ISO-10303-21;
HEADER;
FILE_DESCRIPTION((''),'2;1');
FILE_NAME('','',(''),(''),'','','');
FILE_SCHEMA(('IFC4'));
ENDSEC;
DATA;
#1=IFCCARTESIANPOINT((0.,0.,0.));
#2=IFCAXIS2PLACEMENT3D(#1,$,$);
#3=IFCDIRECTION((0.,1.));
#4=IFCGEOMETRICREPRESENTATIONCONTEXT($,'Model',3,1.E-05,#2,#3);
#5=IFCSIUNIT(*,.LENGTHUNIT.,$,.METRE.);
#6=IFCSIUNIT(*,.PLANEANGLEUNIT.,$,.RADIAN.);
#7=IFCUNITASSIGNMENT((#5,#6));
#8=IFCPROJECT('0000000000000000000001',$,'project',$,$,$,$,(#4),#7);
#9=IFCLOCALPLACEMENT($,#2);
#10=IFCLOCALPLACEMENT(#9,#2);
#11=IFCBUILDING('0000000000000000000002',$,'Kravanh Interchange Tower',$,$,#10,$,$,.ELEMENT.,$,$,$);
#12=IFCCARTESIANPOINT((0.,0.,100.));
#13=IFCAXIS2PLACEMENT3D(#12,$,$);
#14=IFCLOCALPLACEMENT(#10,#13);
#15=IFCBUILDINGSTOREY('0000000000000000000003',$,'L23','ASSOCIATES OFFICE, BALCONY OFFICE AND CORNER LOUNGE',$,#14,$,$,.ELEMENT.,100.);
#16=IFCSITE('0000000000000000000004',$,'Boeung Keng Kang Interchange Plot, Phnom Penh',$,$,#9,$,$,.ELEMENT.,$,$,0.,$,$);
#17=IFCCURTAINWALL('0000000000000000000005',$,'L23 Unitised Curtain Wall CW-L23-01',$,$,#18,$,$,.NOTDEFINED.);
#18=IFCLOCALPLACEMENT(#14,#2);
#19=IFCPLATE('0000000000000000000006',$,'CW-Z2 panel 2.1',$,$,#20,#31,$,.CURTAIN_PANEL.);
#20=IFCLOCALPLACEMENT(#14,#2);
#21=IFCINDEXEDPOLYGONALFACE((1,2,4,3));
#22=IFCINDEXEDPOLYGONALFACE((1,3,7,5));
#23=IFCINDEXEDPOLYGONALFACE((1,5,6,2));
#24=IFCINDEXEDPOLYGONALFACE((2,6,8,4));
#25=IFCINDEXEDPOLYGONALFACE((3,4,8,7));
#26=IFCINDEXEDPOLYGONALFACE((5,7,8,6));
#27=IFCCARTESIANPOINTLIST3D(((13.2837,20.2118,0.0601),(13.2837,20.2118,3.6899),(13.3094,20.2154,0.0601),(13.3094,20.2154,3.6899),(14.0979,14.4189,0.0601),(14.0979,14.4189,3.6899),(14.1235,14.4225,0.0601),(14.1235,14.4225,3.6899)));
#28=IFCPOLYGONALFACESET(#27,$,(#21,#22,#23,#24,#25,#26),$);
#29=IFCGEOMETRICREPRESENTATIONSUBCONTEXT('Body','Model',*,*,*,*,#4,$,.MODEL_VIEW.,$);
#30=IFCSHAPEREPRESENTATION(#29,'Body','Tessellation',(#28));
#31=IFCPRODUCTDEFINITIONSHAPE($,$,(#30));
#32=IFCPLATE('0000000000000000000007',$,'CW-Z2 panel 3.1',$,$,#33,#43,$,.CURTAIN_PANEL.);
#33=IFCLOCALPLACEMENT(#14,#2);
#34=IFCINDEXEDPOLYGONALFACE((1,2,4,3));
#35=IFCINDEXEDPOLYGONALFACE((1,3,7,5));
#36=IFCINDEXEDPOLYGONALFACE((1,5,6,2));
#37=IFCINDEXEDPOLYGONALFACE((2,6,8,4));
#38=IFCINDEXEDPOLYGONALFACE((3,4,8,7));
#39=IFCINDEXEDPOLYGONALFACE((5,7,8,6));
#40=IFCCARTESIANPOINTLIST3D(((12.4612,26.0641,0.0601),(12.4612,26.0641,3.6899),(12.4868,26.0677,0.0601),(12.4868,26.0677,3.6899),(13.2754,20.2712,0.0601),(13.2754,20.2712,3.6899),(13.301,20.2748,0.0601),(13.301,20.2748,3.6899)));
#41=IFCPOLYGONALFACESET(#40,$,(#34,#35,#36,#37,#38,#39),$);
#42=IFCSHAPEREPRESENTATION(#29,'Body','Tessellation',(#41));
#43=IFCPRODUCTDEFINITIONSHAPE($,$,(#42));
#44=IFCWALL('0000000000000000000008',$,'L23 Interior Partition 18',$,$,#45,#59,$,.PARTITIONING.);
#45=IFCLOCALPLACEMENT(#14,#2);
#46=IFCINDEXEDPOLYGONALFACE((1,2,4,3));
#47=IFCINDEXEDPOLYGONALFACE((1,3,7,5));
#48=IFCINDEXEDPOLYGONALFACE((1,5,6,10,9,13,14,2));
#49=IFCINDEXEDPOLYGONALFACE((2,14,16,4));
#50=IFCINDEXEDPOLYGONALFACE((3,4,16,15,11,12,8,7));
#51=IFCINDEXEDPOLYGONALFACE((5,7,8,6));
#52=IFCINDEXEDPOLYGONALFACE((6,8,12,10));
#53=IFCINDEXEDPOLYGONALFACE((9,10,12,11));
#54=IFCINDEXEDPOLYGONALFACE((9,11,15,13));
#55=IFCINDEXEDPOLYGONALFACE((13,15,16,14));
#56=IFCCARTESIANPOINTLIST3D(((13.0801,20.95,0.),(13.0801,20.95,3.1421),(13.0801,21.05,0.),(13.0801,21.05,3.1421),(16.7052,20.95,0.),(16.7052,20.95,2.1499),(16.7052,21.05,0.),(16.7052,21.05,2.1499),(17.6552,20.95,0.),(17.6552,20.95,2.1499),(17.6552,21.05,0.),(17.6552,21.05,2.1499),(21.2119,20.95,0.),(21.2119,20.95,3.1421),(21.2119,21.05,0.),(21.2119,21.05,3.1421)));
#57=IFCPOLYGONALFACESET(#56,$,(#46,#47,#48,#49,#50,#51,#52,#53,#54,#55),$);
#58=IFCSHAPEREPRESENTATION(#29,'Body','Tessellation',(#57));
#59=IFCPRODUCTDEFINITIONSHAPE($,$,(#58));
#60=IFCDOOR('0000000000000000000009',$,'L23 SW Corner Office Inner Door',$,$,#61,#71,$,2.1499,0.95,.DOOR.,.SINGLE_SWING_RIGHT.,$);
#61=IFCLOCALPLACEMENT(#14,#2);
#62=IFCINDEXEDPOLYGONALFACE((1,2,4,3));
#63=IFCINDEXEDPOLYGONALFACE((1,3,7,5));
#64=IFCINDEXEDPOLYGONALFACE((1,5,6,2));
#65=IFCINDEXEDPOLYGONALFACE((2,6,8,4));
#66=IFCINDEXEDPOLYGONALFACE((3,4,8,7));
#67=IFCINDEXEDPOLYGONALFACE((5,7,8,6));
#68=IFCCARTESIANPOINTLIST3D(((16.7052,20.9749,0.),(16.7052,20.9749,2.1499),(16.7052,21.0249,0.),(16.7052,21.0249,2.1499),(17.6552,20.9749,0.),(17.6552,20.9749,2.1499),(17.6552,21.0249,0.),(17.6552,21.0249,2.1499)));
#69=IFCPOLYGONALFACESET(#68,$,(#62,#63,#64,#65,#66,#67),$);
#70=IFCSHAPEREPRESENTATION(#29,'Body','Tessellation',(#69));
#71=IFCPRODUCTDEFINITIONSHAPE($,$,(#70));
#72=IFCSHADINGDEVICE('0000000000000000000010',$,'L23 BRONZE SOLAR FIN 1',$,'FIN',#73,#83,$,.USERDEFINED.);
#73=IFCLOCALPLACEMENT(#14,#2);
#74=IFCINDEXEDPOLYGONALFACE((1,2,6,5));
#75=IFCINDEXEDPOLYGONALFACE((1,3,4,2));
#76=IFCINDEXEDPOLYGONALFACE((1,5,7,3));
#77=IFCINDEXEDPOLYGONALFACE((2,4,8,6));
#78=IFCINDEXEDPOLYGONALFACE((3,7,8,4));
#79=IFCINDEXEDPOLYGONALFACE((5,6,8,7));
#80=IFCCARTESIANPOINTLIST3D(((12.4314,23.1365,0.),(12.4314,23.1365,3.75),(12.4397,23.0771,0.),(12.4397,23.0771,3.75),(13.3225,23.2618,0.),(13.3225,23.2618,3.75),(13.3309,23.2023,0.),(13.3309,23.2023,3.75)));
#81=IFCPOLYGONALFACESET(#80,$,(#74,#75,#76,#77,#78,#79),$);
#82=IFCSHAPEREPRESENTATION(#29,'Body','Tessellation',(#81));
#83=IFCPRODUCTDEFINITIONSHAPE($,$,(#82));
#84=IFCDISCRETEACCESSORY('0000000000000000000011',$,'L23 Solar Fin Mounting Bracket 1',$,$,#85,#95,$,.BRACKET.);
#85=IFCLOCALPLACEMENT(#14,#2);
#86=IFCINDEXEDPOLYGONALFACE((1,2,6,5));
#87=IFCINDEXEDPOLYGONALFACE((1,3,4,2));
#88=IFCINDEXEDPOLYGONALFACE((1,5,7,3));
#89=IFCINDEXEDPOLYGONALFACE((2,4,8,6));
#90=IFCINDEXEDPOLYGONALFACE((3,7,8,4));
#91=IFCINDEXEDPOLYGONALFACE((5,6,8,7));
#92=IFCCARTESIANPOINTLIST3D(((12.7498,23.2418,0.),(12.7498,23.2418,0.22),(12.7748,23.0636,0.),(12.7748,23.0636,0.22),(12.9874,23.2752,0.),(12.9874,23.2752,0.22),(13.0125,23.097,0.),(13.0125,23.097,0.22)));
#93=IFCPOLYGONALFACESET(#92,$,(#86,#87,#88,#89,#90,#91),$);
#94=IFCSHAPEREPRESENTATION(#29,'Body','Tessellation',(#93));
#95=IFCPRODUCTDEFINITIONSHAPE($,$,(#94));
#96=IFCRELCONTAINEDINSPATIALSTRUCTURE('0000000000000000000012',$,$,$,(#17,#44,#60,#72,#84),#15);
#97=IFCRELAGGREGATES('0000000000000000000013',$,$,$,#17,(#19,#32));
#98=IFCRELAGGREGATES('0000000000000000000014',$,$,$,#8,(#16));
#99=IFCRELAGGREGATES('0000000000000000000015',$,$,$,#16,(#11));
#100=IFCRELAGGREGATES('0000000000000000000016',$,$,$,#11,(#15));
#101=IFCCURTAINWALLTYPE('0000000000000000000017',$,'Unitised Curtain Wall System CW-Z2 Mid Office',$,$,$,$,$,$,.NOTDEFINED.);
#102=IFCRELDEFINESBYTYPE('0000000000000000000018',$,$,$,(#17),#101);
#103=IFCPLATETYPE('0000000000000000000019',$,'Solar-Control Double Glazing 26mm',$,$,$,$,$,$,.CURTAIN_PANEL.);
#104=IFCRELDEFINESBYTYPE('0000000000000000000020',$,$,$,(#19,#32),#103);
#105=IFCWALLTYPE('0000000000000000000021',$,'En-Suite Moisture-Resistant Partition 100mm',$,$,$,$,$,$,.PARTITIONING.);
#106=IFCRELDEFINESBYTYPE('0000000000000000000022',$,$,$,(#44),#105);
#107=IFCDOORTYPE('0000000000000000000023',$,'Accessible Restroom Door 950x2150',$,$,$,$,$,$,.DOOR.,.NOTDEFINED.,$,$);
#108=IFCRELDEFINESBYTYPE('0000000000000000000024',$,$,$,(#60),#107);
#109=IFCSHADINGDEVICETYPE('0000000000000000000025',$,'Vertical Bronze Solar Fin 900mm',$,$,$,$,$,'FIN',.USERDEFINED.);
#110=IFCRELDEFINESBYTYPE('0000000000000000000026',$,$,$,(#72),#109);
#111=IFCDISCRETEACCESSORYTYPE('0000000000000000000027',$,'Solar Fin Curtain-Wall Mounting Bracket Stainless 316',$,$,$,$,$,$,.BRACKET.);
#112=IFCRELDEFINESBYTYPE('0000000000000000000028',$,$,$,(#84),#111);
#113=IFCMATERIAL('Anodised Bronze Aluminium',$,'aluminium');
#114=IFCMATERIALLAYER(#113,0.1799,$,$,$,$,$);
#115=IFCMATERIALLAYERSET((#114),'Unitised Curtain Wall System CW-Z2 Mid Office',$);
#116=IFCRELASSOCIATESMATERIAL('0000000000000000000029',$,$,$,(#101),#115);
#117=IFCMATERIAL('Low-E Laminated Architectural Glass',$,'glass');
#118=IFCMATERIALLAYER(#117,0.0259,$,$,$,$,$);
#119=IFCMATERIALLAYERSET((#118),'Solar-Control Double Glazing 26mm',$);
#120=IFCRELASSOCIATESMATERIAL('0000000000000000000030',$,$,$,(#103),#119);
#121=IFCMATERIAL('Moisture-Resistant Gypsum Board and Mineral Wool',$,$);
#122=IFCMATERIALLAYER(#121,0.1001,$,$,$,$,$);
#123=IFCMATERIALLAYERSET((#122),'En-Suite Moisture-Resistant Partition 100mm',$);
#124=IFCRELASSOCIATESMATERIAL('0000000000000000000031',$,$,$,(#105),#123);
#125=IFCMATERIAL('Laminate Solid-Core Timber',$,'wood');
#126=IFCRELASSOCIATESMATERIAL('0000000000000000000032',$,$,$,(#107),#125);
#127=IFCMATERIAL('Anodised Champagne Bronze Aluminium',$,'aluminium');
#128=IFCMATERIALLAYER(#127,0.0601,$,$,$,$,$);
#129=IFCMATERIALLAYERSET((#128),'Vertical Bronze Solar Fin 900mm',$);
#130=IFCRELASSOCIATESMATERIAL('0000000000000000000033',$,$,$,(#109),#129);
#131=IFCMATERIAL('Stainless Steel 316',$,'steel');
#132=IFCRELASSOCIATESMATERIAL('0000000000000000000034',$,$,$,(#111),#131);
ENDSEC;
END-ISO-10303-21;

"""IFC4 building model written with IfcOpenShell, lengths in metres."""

from ifc_helpers import new_model, si_unit, direction, frame, frame_2d, origin, origin_2d, place, context, subcontext, project, spatial, rectangle, extrude, material, layer, layer_set, type_object, element, fill, aggregate, save


model = new_model("IFC4")

# Units and contexts
model_context = context("Model", 3, precision=1e-05, world=origin(), true_north=direction((0.0, 1.0)))
body_context = subcontext(model_context, "Body", "Model", "MODEL_VIEW")
ifc_project = project(units=[si_unit("LENGTHUNIT", "METRE"), si_unit("PLANEANGLEUNIT", "RADIAN")], contexts=[model_context])

# Site, building, storey
site_placement = place(None, origin())
site = spatial("IfcSite", under=ifc_project, at=site_placement, Name="Boeung Keng Kang Interchange Plot, Phnom Penh", CompositionType="ELEMENT", RefElevation=0.0)
building_placement = place(site_placement, origin())
building = spatial("IfcBuilding", under=site, at=building_placement, Name="Kravanh Interchange Tower", CompositionType="ELEMENT")
storey_placement = place(building_placement, frame((0.0, 0.0, 100.0)))
storey = spatial("IfcBuildingStorey", under=building, at=storey_placement, Name="L23", Description="ASSOCIATES OFFICE, BALCONY OFFICE AND CORNER LOUNGE", CompositionType="ELEMENT", Elevation=100.0)

# Curtain wall
ifc_material_1 = material(Name="Anodised Bronze Aluminium", Category="aluminium")
ifc_layer_1 = layer(ifc_material_1, 0.1799)
ifc_layer_set_1 = layer_set([ifc_layer_1], Name="Unitised Curtain Wall System CW-Z2 Mid Office")
curtain_wall_type = type_object("IfcCurtainWallType", Name="Unitised Curtain Wall System CW-Z2 Mid Office", PredefinedType="NOTDEFINED", material=ifc_layer_set_1)
curtain_wall_placement = place(storey_placement, origin())
curtain_wall = element("IfcCurtainWall", 1, at=curtain_wall_placement, inside=storey, type_object=curtain_wall_type, Name="L23 Unitised Curtain Wall CW-L23-01", PredefinedType="NOTDEFINED")

# Plates
ifc_material_2 = material(Name="Low-E Laminated Architectural Glass", Category="glass")
ifc_layer_2 = layer(ifc_material_2, 0.0259)
ifc_layer_set_2 = layer_set([ifc_layer_2], Name="Solar-Control Double Glazing 26mm")
plate_type = type_object("IfcPlateType", Name="Solar-Control Double Glazing 26mm", PredefinedType="CURTAIN_PANEL", material=ifc_layer_set_2)
plate_1_placement = place(storey_placement, frame((13.7036, 17.3171, 0.0601), z_axis=(0.0, 0.0, 1.0), x_axis=(-0.139173, 0.990268, 0.0)))
plate_1 = element("IfcPlate", 2, at=plate_1_placement, type_object=plate_type, Name="CW-Z2 panel 2.1", PredefinedType="CURTAIN_PANEL", context=body_context, shape_type="SweptSolid", body=[
    extrude(rectangle(XDim=5.8499, YDim=0.0259, at=origin_2d()), origin(), (0.0, 0.0, 1.0), 3.6299),
])
plate_2_placement = place(storey_placement, frame((12.8811, 23.1694, 0.0601), z_axis=(0.0, 0.0, 1.0), x_axis=(-0.139173, 0.990268, 0.0)))
plate_2 = element("IfcPlate", 3, at=plate_2_placement, type_object=plate_type, Name="CW-Z2 panel 3.1", PredefinedType="CURTAIN_PANEL", context=body_context, shape_type="SweptSolid", body=[
    extrude(rectangle(XDim=5.8499, YDim=0.0259, at=origin_2d()), origin(), (0.0, 0.0, 1.0), 3.6299),
])
aggregate(curtain_wall, [plate_1, plate_2])

# Wall, opening, door
ifc_material_3 = material(Name="Moisture-Resistant Gypsum Board and Mineral Wool")
ifc_layer_3 = layer(ifc_material_3, 0.1001)
ifc_layer_set_3 = layer_set([ifc_layer_3], Name="En-Suite Moisture-Resistant Partition 100mm")
wall_type = type_object("IfcWallType", Name="En-Suite Moisture-Resistant Partition 100mm", PredefinedType="PARTITIONING", material=ifc_layer_set_3)
wall_placement = place(storey_placement, frame((13.0801, 21.0, 0.0), z_axis=(0.0, 0.0, 1.0), x_axis=(1.0, 0.0, 0.0)))
wall = element("IfcWall", 4, at=wall_placement, inside=storey, type_object=wall_type, Name="L23 Interior Partition 18", PredefinedType="PARTITIONING", context=body_context, shape_type="SweptSolid", body=[
    extrude(rectangle(XDim=8.1318, YDim=0.1001, at=frame_2d((4.0659, 0.0))), origin(), (0.0, 0.0, 1.0), 3.1421),
])
opening_placement = place(wall_placement, frame((3.625, 0.0, 0.0)))
opening = element("IfcOpeningElement", 5, at=opening_placement, cuts=wall, PredefinedType="OPENING", context=body_context, shape_type="SweptSolid", body=[
    extrude(rectangle(XDim=0.95, YDim=2.1499, at=frame_2d((0.4751, 1.075))), frame((0.0, 0.0601, 0.0), z_axis=(0.0, -1.0, 0.0), x_axis=(1.0, 0.0, 0.0)), (0.0, 0.0, 1.0), 0.1201),
])
ifc_material_4 = material(Name="Laminate Solid-Core Timber", Category="wood")
door_type = type_object("IfcDoorType", Name="Accessible Restroom Door 950x2150", OperationType="NOTDEFINED", PredefinedType="DOOR", material=ifc_material_4)
door_placement = place(opening_placement, origin())
door = element("IfcDoor", 6, at=door_placement, inside=storey, type_object=door_type, Name="L23 SW Corner Office Inner Door", OperationType="SINGLE_SWING_RIGHT", OverallHeight=2.1499, OverallWidth=0.95, PredefinedType="DOOR", context=body_context, shape_type="SweptSolid", body=[
    extrude(rectangle(XDim=0.95, YDim=2.1499, at=frame_2d((0.4751, 1.075))), frame((0.0, 0.0249, 0.0), z_axis=(0.0, -1.0, 0.0), x_axis=(1.0, 0.0, 0.0)), (0.0, 0.0, 1.0), 0.05),
])
fill(opening, door)

# Shading device
ifc_material_5 = material(Name="Anodised Champagne Bronze Aluminium", Category="aluminium")
ifc_layer_4 = layer(ifc_material_5, 0.0601)
ifc_layer_set_4 = layer_set([ifc_layer_4], Name="Vertical Bronze Solar Fin 900mm")
shading_device_type = type_object("IfcShadingDeviceType", Name="Vertical Bronze Solar Fin 900mm", ElementType="FIN", PredefinedType="USERDEFINED", material=ifc_layer_set_4)
shading_device_placement = place(storey_placement, frame((12.8811, 23.1694, 0.0), z_axis=(0.0, 0.0, 1.0), x_axis=(-0.990268, -0.139173, 0.0)))
element("IfcShadingDevice", 7, at=shading_device_placement, inside=storey, type_object=shading_device_type, Name="L23 BRONZE SOLAR FIN 1", ObjectType="FIN", PredefinedType="USERDEFINED", context=body_context, shape_type="SweptSolid", body=[
    extrude(rectangle(XDim=0.8999, YDim=0.0601, at=origin_2d()), origin(), (0.0, 0.0, 1.0), 3.75),
])

# Discrete accessory
ifc_material_6 = material(Name="Stainless Steel 316", Category="steel")
discrete_accessory_type = type_object("IfcDiscreteAccessoryType", Name="Solar Fin Curtain-Wall Mounting Bracket Stainless 316", PredefinedType="BRACKET", material=ifc_material_6)
discrete_accessory_placement = place(storey_placement, frame((12.8811, 23.1694, 0.0), z_axis=(0.0, 0.0, 1.0), x_axis=(-0.990268, -0.139173, 0.0)))
element("IfcDiscreteAccessory", 8, at=discrete_accessory_placement, inside=storey, type_object=discrete_accessory_type, Name="L23 Solar Fin Mounting Bracket 1", PredefinedType="BRACKET", context=body_context, shape_type="SweptSolid", body=[
    extrude(rectangle(XDim=0.24, YDim=0.1799, at=origin_2d()), origin(), (0.0, 0.0, 1.0), 0.22),
])

save(model, "model.ifc")
